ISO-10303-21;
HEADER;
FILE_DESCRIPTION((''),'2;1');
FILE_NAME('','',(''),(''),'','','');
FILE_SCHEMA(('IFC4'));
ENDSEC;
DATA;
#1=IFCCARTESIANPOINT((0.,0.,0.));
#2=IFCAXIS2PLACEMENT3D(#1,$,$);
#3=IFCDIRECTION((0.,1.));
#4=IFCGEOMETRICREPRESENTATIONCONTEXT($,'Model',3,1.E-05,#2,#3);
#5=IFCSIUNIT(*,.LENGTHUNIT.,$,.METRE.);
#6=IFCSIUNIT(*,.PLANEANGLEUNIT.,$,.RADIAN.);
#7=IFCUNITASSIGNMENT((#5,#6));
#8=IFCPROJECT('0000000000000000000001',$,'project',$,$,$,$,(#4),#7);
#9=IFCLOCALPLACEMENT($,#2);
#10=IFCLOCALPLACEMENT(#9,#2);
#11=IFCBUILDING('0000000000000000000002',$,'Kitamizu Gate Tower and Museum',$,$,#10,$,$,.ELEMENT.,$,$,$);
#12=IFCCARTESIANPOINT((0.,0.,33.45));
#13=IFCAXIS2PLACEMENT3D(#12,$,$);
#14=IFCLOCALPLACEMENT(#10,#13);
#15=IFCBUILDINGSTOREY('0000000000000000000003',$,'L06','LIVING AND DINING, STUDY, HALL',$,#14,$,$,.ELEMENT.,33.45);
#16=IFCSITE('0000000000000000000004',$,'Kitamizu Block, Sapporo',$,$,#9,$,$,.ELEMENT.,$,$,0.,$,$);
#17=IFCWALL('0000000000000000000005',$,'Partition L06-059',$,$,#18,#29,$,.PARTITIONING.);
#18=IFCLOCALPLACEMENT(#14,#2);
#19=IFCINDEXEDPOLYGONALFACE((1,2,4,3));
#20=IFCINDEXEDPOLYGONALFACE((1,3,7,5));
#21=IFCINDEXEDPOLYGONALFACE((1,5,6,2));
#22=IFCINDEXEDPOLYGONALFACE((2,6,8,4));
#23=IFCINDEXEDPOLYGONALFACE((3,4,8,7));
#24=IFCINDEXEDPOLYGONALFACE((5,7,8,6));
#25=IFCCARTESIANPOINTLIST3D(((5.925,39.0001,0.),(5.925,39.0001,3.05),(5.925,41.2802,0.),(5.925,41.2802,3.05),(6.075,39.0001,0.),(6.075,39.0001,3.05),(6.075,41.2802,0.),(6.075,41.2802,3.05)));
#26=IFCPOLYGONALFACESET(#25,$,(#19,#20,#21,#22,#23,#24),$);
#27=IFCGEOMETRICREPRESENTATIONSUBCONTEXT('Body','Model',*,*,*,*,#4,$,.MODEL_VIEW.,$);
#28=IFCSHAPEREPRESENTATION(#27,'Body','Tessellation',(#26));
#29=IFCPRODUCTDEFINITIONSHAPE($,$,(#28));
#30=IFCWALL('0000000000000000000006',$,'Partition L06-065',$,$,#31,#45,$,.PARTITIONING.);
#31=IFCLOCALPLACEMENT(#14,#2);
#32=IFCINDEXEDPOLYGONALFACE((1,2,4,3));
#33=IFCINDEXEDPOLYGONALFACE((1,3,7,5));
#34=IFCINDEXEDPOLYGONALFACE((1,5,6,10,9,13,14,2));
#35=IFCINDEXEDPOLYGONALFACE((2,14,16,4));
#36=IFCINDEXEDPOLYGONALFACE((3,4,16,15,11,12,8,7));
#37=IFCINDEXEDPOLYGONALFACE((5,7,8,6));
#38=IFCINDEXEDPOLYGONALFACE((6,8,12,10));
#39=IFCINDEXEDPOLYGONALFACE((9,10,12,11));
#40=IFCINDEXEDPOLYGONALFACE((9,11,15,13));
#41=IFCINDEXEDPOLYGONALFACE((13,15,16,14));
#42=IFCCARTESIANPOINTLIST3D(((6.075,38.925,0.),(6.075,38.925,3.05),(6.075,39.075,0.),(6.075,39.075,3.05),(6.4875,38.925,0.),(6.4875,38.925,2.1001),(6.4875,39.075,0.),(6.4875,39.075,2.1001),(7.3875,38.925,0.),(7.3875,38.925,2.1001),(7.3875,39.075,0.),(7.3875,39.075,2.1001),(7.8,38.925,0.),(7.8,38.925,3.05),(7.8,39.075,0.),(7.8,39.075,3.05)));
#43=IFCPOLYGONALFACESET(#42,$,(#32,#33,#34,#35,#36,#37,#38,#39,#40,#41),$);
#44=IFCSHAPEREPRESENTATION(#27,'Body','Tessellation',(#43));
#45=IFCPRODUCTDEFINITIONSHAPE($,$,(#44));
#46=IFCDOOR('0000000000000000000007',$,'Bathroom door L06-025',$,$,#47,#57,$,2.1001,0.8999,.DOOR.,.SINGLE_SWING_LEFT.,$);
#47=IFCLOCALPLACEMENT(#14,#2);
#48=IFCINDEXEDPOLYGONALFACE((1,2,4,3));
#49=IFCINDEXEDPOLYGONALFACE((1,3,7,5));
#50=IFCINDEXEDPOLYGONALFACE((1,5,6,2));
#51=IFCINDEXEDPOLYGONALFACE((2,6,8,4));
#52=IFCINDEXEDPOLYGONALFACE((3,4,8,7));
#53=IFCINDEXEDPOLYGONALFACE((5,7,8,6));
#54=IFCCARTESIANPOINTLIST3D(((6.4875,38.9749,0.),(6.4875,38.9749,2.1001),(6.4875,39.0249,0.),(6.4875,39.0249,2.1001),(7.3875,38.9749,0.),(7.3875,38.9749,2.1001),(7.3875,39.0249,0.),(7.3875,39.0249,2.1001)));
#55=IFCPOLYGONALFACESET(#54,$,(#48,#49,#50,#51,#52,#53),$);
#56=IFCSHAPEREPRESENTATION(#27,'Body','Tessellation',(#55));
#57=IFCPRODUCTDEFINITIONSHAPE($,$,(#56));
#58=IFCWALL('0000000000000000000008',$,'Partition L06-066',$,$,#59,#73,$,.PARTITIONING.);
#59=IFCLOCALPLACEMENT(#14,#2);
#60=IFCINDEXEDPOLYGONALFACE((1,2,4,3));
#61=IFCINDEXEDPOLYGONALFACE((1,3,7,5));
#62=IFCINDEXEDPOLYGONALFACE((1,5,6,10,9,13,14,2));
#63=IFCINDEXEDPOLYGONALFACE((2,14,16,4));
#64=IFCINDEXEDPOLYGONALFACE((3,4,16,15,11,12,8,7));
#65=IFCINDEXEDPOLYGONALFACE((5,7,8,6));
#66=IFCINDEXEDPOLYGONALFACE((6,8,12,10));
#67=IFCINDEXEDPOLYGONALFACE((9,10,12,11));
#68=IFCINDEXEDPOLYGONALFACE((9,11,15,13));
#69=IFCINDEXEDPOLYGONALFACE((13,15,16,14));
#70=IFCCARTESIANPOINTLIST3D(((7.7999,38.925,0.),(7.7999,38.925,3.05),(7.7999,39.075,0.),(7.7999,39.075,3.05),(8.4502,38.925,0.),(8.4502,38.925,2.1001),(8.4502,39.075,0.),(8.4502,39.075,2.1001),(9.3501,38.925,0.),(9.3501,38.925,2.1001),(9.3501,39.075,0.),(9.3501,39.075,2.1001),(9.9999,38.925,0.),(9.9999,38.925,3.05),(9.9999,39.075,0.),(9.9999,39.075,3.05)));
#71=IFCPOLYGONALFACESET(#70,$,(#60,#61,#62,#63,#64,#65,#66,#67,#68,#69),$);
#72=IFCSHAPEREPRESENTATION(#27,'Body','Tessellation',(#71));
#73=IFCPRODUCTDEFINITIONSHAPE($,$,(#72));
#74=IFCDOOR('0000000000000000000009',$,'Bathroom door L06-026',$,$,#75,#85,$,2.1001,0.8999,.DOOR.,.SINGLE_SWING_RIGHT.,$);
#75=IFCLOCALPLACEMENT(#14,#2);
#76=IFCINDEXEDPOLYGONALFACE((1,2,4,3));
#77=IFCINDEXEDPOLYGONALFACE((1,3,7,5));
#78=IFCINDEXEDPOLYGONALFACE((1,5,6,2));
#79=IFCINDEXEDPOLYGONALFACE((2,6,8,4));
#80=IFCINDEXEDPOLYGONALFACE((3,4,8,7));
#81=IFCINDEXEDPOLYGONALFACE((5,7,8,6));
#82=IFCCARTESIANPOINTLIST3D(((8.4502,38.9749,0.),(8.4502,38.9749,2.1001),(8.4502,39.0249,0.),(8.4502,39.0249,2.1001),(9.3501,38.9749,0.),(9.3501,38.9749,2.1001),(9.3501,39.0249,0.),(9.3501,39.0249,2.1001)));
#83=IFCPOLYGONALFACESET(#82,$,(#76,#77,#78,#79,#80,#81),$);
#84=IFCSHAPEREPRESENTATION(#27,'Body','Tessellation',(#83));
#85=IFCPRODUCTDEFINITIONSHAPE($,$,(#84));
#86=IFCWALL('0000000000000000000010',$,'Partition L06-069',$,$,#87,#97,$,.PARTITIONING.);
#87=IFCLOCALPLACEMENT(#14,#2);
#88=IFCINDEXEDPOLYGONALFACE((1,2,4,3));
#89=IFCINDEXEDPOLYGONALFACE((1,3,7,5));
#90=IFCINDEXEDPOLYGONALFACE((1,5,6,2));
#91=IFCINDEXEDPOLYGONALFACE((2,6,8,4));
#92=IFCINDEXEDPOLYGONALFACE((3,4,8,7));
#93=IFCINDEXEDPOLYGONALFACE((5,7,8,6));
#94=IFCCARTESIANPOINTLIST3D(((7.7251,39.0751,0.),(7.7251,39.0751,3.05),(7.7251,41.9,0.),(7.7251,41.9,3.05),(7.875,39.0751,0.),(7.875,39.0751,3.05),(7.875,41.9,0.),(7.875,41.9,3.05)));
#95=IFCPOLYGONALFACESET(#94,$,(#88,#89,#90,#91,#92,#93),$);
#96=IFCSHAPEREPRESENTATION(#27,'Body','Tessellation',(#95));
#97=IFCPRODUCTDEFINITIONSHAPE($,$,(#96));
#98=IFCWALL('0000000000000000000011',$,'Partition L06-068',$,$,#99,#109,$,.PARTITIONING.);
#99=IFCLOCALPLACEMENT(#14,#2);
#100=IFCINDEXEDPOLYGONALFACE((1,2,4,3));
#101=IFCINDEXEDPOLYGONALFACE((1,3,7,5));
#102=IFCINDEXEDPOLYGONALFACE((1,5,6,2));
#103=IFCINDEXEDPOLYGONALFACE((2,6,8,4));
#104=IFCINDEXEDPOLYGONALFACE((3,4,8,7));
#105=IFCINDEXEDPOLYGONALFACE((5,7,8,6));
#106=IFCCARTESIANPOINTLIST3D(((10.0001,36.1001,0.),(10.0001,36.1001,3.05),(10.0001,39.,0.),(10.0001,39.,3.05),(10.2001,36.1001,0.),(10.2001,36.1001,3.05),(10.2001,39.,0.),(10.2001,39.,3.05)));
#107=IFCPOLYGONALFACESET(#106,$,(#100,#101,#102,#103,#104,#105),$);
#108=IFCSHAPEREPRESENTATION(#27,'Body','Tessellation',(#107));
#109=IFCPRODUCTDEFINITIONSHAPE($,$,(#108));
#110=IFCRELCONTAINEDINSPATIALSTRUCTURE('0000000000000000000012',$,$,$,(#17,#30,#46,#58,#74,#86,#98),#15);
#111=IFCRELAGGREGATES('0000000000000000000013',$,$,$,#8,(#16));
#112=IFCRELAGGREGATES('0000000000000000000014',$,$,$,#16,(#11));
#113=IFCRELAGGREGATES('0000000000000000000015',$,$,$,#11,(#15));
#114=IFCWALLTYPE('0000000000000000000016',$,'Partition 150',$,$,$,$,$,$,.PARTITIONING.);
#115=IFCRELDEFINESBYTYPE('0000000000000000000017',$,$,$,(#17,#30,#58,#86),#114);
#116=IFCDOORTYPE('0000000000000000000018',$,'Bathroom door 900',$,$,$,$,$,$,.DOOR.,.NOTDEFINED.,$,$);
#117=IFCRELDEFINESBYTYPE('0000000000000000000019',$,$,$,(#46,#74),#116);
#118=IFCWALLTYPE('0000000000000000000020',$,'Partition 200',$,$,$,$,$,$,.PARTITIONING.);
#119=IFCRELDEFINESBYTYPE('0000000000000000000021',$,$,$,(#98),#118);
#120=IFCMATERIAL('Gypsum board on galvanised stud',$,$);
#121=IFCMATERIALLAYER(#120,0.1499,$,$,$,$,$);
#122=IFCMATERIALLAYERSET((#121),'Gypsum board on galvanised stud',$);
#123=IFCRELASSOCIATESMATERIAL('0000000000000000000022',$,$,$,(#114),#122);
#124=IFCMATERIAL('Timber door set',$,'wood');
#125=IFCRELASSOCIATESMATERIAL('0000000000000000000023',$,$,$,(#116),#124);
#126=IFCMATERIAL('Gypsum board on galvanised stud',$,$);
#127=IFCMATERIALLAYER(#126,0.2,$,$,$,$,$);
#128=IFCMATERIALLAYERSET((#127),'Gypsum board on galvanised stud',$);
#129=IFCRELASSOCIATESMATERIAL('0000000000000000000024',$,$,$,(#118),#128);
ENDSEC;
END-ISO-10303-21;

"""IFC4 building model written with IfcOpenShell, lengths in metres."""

from ifc_helpers import new_model, si_unit, direction, frame, frame_2d, origin, place, context, subcontext, project, spatial, rectangle, extrude, material, layer, layer_set, type_object, element, fill, save


model = new_model("IFC4")

# Units and contexts
model_context = context("Model", 3, precision=1e-05, world=origin(), true_north=direction((0.0, 1.0)))
body_context = subcontext(model_context, "Body", "Model", "MODEL_VIEW")
ifc_project = project(units=[si_unit("LENGTHUNIT", "METRE"), si_unit("PLANEANGLEUNIT", "RADIAN")], contexts=[model_context])

# Site, building, storey
site_placement = place(None, origin())
site = spatial("IfcSite", under=ifc_project, at=site_placement, Name="Kitamizu Block, Sapporo", CompositionType="ELEMENT", RefElevation=0.0)
building_placement = place(site_placement, origin())
building = spatial("IfcBuilding", under=site, at=building_placement, Name="Kitamizu Gate Tower and Museum", CompositionType="ELEMENT")
storey_placement = place(building_placement, frame((0.0, 0.0, 33.45)))
storey = spatial("IfcBuildingStorey", under=building, at=storey_placement, Name="L06", Description="LIVING AND DINING, STUDY, HALL", CompositionType="ELEMENT", Elevation=33.45)

# Wall
ifc_material_1 = material(Name="Gypsum board on galvanised stud")
ifc_layer_1 = layer(ifc_material_1, 0.1499)
ifc_layer_set_1 = layer_set([ifc_layer_1], Name="Gypsum board on galvanised stud")
wall_type_1 = type_object("IfcWallType", Name="Partition 150", PredefinedType="PARTITIONING", material=ifc_layer_set_1)
wall_1_placement = place(storey_placement, frame((6.0, 39.0, 0.0), z_axis=(0.0, 0.0, 1.0), x_axis=(0.0, 1.0, 0.0)))
element("IfcWall", 1, at=wall_1_placement, inside=storey, type_object=wall_type_1, Name="Partition L06-059", PredefinedType="PARTITIONING", context=body_context, shape_type="SweptSolid", body=[
    extrude(rectangle(XDim=2.28, YDim=0.1499, at=frame_2d((1.1401, 0.0))), origin(), (0.0, 0.0, 1.0), 3.05),
])

# Walls, openings, doors
wall_2_placement = place(storey_placement, frame((7.8, 39.0, 0.0), z_axis=(0.0, 0.0, 1.0), x_axis=(-1.0, 0.0, 0.0)))
wall_2 = element("IfcWall", 2, at=wall_2_placement, inside=storey, type_object=wall_type_1, Name="Partition L06-065", PredefinedType="PARTITIONING", context=body_context, shape_type="SweptSolid", body=[
    extrude(rectangle(XDim=1.7251, YDim=0.1499, at=frame_2d((0.8625, 0.0))), origin(), (0.0, 0.0, 1.0), 3.05),
])
opening_1_placement = place(wall_2_placement, frame((0.4126, 0.0, 0.0)))
opening_1 = element("IfcOpeningElement", 3, at=opening_1_placement, cuts=wall_2, PredefinedType="OPENING", context=body_context, shape_type="SweptSolid", body=[
    extrude(rectangle(XDim=0.8999, YDim=2.1001, at=frame_2d((0.45, 1.05))), frame((0.0, 0.085, 0.0), z_axis=(0.0, -1.0, 0.0), x_axis=(1.0, 0.0, 0.0)), (0.0, 0.0, 1.0), 0.1699),
])
ifc_material_2 = material(Name="Timber door set", Category="wood")
door_type = type_object("IfcDoorType", Name="Bathroom door 900", OperationType="NOTDEFINED", PredefinedType="DOOR", material=ifc_material_2)
door_1_placement = place(opening_1_placement, frame((0.8999, 0.0, 0.0), x_axis=(-1.0, 0.0, 0.0)))
door_1 = element("IfcDoor", 4, at=door_1_placement, inside=storey, type_object=door_type, Name="Bathroom door L06-025", OperationType="SINGLE_SWING_LEFT", OverallHeight=2.1001, OverallWidth=0.8999, PredefinedType="DOOR", context=body_context, shape_type="SweptSolid", body=[
    extrude(rectangle(XDim=0.8999, YDim=2.1001, at=frame_2d((0.45, 1.05))), frame((0.0, 0.0249, 0.0), z_axis=(0.0, -1.0, 0.0), x_axis=(1.0, 0.0, 0.0)), (0.0, 0.0, 1.0), 0.05),
])
fill(opening_1, door_1)
wall_3_placement = place(storey_placement, frame((10.0, 39.0, 0.0), z_axis=(0.0, 0.0, 1.0), x_axis=(-1.0, 0.0, 0.0)))
wall_3 = element("IfcWall", 5, at=wall_3_placement, inside=storey, type_object=wall_type_1, Name="Partition L06-066", PredefinedType="PARTITIONING", context=body_context, shape_type="SweptSolid", body=[
    extrude(rectangle(XDim=2.2, YDim=0.1499, at=frame_2d((1.1001, 0.0))), origin(), (0.0, 0.0, 1.0), 3.05),
])
opening_2_placement = place(wall_3_placement, frame((0.6499, 0.0, 0.0)))
opening_2 = element("IfcOpeningElement", 6, at=opening_2_placement, cuts=wall_3, PredefinedType="OPENING", context=body_context, shape_type="SweptSolid", body=[
    extrude(rectangle(XDim=0.8999, YDim=2.1001, at=frame_2d((0.45, 1.05))), frame((0.0, 0.085, 0.0), z_axis=(0.0, -1.0, 0.0), x_axis=(1.0, 0.0, 0.0)), (0.0, 0.0, 1.0), 0.1699),
])
door_2_placement = place(opening_2_placement, frame((0.8999, 0.0, 0.0), x_axis=(-1.0, 0.0, 0.0)))
door_2 = element("IfcDoor", 7, at=door_2_placement, inside=storey, type_object=door_type, Name="Bathroom door L06-026", OperationType="SINGLE_SWING_RIGHT", OverallHeight=2.1001, OverallWidth=0.8999, PredefinedType="DOOR", context=body_context, shape_type="SweptSolid", body=[
    extrude(rectangle(XDim=0.8999, YDim=2.1001, at=frame_2d((0.45, 1.05))), frame((0.0, 0.0249, 0.0), z_axis=(0.0, -1.0, 0.0), x_axis=(1.0, 0.0, 0.0)), (0.0, 0.0, 1.0), 0.05),
])
fill(opening_2, door_2)

# Walls
wall_4_placement = place(storey_placement, frame((7.8, 39.075, 0.0), z_axis=(0.0, 0.0, 1.0), x_axis=(0.0, 1.0, 0.0)))
element("IfcWall", 8, at=wall_4_placement, inside=storey, type_object=wall_type_1, Name="Partition L06-069", PredefinedType="PARTITIONING", context=body_context, shape_type="SweptSolid", body=[
    extrude(rectangle(XDim=2.825, YDim=0.1499, at=frame_2d((1.4126, 0.0))), origin(), (0.0, 0.0, 1.0), 3.05),
])
ifc_material_3 = material(Name="Gypsum board on galvanised stud")
ifc_layer_2 = layer(ifc_material_3, 0.2)
ifc_layer_set_2 = layer_set([ifc_layer_2], Name="Gypsum board on galvanised stud")
wall_type_2 = type_object("IfcWallType", Name="Partition 200", PredefinedType="PARTITIONING", material=ifc_layer_set_2)
wall_5_placement = place(storey_placement, frame((10.1001, 36.1001, 0.0), z_axis=(0.0, 0.0, 1.0), x_axis=(0.0, 1.0, 0.0)))
element("IfcWall", 9, at=wall_5_placement, inside=storey, type_object=wall_type_2, Name="Partition L06-068", PredefinedType="PARTITIONING", context=body_context, shape_type="SweptSolid", body=[
    extrude(rectangle(XDim=2.8999, YDim=0.2, at=frame_2d((1.45, 0.0))), origin(), (0.0, 0.0, 1.0), 3.05),
])

save(model, "model.ifc")
